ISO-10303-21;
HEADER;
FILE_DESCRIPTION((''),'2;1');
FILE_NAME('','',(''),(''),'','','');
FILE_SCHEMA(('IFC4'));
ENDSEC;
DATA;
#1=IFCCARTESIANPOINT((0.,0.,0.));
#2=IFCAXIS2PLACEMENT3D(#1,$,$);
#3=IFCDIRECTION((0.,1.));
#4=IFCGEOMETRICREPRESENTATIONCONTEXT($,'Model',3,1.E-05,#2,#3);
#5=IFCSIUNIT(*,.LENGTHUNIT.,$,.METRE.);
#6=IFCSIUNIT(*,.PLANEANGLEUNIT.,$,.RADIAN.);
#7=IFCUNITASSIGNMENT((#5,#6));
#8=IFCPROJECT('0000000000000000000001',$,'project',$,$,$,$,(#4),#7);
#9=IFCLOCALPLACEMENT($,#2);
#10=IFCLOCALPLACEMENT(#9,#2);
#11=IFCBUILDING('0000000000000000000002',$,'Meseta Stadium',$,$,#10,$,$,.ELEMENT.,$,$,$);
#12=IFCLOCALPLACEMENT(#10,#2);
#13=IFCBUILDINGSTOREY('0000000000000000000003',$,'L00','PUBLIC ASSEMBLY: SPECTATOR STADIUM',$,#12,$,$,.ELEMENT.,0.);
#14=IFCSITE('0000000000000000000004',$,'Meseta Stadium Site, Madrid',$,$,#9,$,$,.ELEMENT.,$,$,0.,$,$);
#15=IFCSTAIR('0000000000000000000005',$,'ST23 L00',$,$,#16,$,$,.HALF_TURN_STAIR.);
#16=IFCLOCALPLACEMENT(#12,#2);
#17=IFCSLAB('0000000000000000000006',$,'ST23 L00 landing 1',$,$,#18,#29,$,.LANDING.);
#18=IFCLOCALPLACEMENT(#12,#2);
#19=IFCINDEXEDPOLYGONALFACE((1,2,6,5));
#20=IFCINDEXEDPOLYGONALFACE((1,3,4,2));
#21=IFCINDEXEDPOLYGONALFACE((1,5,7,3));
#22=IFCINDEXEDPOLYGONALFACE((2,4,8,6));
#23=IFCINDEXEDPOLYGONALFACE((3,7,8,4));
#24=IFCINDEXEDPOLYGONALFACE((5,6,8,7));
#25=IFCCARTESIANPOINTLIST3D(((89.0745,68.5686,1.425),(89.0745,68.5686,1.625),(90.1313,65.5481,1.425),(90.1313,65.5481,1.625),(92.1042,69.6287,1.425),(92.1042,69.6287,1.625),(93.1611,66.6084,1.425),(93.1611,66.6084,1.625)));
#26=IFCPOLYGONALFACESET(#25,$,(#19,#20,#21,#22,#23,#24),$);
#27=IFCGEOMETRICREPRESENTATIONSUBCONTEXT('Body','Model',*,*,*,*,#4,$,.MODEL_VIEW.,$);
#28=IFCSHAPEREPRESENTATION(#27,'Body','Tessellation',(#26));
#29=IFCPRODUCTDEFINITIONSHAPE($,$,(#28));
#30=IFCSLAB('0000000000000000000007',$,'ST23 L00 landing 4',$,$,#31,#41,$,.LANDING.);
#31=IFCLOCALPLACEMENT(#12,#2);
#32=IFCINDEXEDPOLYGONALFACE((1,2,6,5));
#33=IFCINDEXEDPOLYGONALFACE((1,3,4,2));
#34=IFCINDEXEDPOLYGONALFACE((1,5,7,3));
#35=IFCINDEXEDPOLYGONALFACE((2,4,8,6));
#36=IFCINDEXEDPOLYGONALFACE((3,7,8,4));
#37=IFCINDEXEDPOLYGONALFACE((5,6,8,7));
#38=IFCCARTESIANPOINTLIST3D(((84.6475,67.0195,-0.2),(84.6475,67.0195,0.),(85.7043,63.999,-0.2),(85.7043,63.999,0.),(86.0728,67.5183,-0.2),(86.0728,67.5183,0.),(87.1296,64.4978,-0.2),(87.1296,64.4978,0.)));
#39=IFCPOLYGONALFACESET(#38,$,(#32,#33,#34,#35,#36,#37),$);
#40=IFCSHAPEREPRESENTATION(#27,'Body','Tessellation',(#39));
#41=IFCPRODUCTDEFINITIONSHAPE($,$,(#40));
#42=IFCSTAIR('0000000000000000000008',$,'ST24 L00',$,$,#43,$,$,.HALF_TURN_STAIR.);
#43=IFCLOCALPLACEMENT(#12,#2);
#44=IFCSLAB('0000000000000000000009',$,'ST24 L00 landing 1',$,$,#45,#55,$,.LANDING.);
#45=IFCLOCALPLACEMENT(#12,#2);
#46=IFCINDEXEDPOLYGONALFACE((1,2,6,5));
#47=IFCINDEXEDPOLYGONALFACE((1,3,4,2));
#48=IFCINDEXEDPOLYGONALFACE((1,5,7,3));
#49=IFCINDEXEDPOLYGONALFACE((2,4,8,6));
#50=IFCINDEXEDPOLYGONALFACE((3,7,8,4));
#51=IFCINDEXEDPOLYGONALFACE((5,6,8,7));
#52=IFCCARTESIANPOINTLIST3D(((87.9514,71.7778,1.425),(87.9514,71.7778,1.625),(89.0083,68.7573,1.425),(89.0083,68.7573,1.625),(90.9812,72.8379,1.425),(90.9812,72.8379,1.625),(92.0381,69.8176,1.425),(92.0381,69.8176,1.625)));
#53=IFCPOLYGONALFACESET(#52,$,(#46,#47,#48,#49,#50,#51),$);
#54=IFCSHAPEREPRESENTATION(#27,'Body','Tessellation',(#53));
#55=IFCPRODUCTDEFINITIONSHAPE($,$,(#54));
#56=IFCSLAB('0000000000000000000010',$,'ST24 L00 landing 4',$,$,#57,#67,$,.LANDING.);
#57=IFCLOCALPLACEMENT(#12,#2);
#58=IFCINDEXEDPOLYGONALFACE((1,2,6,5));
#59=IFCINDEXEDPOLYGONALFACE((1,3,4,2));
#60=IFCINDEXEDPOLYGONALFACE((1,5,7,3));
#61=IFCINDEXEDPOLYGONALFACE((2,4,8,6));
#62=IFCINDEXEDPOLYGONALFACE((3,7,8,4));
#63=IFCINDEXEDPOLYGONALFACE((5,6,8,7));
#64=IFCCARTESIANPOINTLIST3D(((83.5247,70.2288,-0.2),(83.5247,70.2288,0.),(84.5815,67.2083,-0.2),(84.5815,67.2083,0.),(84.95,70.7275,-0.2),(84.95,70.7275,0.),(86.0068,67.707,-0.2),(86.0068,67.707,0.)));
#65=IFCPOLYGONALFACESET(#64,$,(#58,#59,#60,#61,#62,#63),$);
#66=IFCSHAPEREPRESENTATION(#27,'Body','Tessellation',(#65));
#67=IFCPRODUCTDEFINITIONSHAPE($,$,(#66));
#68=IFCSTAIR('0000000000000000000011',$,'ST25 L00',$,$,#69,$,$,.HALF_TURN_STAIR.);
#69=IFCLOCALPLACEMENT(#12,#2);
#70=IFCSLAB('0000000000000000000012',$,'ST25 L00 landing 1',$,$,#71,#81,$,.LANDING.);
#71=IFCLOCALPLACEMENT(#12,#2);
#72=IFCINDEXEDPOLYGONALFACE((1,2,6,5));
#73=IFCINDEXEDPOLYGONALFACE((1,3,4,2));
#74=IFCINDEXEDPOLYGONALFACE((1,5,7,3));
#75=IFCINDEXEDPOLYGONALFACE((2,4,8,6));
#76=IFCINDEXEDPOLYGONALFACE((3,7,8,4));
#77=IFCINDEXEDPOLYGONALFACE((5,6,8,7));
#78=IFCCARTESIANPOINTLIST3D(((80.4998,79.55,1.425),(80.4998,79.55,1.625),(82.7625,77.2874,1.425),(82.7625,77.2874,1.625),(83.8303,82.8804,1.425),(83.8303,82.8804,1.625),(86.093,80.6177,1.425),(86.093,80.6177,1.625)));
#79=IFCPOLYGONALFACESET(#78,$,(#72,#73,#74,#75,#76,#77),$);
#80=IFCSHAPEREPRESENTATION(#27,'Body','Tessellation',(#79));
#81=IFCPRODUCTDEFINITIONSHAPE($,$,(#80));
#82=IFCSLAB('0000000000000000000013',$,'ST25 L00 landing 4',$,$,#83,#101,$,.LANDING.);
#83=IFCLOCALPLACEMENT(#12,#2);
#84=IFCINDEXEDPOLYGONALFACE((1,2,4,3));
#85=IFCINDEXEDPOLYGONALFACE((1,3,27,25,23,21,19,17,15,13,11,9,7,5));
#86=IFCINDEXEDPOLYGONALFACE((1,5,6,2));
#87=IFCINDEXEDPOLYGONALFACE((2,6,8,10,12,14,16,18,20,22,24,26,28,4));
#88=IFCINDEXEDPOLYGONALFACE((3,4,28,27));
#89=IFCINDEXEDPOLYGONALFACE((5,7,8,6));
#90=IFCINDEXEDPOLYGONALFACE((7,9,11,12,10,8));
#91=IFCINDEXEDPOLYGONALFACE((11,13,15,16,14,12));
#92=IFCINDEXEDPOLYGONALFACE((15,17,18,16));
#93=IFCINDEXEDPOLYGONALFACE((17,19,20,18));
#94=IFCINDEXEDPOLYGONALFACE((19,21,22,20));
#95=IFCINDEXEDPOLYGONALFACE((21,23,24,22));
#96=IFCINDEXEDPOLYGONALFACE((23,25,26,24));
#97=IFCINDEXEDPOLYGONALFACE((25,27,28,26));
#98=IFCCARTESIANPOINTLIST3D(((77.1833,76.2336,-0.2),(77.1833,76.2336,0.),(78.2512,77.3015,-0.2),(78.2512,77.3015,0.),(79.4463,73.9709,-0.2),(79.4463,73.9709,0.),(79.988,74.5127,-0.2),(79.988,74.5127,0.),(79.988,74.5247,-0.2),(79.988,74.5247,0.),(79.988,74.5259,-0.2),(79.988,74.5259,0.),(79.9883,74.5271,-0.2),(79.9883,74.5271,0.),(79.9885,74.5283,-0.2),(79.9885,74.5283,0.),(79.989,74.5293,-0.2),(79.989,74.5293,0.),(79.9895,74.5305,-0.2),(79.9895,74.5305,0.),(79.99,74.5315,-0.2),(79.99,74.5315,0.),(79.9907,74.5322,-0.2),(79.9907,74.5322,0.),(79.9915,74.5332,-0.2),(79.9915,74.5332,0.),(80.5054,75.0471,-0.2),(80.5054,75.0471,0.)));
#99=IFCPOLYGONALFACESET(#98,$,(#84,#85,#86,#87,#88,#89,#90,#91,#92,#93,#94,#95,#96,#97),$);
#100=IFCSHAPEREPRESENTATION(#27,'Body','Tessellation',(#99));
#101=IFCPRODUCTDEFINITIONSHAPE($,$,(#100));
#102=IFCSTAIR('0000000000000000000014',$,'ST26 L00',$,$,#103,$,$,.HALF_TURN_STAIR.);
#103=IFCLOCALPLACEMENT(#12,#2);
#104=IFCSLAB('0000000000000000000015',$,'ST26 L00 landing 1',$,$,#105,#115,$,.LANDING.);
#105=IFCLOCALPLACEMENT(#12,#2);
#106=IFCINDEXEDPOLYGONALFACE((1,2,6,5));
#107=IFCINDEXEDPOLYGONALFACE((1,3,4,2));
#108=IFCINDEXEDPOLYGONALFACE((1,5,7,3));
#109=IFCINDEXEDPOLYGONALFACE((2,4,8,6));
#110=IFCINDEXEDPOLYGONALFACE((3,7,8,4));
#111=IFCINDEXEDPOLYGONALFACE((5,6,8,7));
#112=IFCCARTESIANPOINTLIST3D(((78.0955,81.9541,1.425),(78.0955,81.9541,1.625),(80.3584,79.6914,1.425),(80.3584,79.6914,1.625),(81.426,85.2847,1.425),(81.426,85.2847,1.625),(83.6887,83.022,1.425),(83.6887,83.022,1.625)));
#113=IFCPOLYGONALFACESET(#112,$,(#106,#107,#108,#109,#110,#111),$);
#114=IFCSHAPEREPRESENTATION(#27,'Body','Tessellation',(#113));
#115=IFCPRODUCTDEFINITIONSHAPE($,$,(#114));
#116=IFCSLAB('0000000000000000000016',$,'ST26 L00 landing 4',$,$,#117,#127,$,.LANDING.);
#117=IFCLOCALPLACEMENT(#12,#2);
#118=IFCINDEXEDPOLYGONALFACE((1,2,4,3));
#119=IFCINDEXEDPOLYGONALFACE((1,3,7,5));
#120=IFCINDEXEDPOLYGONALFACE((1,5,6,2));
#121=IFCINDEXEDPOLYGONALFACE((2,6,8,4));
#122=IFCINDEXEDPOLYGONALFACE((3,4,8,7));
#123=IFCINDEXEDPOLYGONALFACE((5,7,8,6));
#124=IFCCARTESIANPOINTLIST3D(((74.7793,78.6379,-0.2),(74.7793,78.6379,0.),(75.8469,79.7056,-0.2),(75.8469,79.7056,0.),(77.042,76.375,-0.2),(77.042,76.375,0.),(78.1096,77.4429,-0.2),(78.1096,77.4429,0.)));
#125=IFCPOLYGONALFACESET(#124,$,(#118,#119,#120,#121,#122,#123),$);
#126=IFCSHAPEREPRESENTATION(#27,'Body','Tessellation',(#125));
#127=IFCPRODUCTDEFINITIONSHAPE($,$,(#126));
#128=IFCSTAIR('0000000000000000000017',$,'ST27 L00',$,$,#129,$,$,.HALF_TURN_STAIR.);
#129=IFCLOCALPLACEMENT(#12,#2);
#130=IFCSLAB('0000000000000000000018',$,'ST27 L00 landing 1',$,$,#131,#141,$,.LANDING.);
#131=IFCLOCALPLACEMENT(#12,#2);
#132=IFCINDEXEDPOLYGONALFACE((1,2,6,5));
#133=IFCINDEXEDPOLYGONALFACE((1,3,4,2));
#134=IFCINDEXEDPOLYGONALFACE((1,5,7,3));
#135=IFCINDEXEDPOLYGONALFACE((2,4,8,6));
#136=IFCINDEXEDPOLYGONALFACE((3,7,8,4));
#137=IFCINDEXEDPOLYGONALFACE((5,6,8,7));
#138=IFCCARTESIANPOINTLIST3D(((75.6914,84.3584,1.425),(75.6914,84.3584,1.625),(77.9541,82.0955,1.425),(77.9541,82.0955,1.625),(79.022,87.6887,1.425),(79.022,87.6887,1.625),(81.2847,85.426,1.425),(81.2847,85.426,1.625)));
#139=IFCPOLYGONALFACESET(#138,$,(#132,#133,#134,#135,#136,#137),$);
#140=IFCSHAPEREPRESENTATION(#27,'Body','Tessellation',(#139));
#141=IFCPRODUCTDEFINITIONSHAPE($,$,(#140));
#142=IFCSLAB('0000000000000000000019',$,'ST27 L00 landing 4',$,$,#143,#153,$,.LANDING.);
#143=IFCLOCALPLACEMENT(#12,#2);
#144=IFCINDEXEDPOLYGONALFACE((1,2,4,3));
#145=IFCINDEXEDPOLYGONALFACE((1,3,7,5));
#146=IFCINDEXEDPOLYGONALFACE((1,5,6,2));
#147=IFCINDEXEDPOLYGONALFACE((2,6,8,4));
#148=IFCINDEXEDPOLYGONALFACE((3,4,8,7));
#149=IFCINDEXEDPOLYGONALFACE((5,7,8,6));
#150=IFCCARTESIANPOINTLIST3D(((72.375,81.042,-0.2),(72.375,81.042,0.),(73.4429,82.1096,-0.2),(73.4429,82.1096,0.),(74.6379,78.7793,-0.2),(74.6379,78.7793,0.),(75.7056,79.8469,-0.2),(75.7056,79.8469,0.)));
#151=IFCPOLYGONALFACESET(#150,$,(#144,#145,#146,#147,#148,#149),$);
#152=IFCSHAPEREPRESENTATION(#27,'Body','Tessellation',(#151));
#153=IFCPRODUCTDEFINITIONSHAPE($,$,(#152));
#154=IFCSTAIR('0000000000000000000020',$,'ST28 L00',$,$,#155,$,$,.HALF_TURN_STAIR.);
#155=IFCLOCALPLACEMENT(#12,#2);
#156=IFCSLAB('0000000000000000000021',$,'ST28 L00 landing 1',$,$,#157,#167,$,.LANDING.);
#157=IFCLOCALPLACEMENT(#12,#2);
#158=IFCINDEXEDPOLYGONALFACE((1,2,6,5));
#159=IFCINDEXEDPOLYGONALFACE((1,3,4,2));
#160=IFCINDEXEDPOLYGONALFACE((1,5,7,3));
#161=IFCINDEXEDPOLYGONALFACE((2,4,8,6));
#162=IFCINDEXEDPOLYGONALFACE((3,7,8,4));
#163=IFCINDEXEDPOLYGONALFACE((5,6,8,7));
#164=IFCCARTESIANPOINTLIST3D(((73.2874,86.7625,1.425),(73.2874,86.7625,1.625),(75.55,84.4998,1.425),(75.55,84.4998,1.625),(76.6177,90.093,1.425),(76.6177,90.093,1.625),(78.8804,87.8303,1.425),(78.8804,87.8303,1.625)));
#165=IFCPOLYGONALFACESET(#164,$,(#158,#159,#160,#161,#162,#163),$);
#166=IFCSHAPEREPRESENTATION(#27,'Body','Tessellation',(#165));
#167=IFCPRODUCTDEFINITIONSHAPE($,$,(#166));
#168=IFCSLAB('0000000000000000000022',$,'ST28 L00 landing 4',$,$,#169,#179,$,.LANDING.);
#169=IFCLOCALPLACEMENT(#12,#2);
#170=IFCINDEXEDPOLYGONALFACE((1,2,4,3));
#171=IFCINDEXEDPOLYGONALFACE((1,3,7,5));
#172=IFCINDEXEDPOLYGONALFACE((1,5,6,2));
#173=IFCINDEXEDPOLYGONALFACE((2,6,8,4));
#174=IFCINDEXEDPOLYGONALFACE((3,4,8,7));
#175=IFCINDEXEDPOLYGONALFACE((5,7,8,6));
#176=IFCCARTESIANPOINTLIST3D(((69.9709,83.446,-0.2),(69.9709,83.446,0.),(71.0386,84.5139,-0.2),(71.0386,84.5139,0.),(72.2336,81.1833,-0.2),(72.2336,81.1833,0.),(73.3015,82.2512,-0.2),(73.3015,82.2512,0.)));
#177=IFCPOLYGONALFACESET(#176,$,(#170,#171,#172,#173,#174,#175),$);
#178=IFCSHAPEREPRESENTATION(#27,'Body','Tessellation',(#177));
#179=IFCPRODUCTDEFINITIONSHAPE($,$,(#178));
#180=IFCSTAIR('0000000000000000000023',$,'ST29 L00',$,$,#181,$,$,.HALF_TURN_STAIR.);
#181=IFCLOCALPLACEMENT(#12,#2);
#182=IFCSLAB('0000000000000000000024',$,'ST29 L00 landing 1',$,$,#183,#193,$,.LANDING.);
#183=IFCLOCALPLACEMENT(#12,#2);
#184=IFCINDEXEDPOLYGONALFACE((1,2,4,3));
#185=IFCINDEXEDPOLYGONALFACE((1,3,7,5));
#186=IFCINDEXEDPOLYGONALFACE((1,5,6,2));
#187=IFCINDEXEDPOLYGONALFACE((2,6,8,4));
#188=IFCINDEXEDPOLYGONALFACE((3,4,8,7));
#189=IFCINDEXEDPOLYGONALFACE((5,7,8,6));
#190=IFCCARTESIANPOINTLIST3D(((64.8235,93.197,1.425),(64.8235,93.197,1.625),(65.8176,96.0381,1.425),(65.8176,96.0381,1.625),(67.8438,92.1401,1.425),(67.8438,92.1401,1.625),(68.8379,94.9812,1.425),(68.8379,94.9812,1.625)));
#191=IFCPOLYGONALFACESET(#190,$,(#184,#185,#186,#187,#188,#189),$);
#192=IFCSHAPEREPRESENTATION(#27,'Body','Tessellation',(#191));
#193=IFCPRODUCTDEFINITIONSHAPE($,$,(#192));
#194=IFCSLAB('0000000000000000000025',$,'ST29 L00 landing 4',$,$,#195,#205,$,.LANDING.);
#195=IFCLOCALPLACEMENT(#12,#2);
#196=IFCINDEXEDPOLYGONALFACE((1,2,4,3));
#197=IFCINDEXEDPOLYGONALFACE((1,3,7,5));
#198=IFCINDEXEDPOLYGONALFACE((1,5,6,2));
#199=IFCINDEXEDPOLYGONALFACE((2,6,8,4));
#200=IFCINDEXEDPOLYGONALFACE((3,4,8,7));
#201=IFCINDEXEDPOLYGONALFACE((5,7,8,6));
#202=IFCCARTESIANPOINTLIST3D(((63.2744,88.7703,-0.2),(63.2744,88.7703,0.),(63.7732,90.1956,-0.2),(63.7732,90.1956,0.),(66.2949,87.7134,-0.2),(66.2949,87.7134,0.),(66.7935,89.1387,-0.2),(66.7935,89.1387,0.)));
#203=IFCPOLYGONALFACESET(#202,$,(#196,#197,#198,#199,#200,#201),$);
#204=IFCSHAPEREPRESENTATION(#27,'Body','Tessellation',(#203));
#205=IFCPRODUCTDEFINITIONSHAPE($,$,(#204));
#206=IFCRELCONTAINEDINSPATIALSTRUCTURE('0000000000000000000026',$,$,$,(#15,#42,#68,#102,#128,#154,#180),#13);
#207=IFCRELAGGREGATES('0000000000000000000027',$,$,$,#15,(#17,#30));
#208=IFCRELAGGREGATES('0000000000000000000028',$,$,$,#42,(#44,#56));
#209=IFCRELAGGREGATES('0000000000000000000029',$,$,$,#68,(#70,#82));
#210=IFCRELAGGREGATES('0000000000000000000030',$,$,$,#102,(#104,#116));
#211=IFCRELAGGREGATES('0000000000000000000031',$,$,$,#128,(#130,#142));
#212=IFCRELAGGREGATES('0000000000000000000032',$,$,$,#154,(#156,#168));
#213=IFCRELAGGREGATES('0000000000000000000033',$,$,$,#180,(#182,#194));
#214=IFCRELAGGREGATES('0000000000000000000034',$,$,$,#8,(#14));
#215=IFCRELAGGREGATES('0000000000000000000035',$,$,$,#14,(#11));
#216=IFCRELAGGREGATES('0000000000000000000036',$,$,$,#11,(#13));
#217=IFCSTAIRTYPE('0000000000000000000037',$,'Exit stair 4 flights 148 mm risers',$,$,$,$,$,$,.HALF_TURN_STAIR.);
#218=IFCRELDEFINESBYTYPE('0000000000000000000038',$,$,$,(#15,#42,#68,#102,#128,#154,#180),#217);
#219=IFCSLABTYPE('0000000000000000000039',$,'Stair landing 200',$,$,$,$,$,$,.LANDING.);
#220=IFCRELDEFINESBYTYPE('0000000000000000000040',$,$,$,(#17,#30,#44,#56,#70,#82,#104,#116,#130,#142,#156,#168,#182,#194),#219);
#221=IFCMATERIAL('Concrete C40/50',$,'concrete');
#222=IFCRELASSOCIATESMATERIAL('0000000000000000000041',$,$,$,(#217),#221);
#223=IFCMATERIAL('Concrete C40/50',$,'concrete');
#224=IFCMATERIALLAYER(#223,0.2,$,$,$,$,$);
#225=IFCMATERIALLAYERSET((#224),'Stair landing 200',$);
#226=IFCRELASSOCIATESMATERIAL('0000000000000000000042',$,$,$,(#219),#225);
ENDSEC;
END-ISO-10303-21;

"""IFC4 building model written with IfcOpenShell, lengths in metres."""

from ifc_helpers import new_model, si_unit, direction, frame, origin, place, context, subcontext, project, spatial, polyline, outline, extrude, material, layer, layer_set, type_object, element, aggregate, save


model = new_model("IFC4")

# Units and contexts
model_context = context("Model", 3, precision=1e-05, world=origin(), true_north=direction((0.0, 1.0)))
body_context = subcontext(model_context, "Body", "Model", "MODEL_VIEW")
ifc_project = project(units=[si_unit("LENGTHUNIT", "METRE"), si_unit("PLANEANGLEUNIT", "RADIAN")], contexts=[model_context])

# Site, building, storey
site_placement = place(None, origin())
site = spatial("IfcSite", under=ifc_project, at=site_placement, Name="Meseta Stadium Site, Madrid", CompositionType="ELEMENT", RefElevation=0.0)
building_placement = place(site_placement, origin())
building = spatial("IfcBuilding", under=site, at=building_placement, Name="Meseta Stadium", CompositionType="ELEMENT")
storey_placement = place(building_placement, origin())
storey = spatial("IfcBuildingStorey", under=building, at=storey_placement, Name="L00", Description="PUBLIC ASSEMBLY: SPECTATOR STADIUM", CompositionType="ELEMENT", Elevation=0.0)

# Shared definitions
ifc_material_1 = material(Name="Concrete C40/50", Category="concrete")
stair_type = type_object("IfcStairType", Name="Exit stair 4 flights 148 mm risers", PredefinedType="HALF_TURN_STAIR", material=ifc_material_1)
ifc_material_2 = material(Name="Concrete C40/50", Category="concrete")
ifc_layer = layer(ifc_material_2, 0.2)
ifc_layer_set = layer_set([ifc_layer], Name="Stair landing 200")
slab_type = type_object("IfcSlabType", Name="Stair landing 200", PredefinedType="LANDING", material=ifc_layer_set)

# Stairs, slabs
stair_1_placement = place(storey_placement, origin())
stair_1 = element("IfcStair", 1, at=stair_1_placement, inside=storey, type_object=stair_type, Name="ST23 L00", PredefinedType="HALF_TURN_STAIR")
slab_1_placement = place(storey_placement, frame((0.0, 0.0, 1.425)))
slab_1 = element("IfcSlab", 2, at=slab_1_placement, type_object=slab_type, Name="ST23 L00 landing 1", PredefinedType="LANDING", context=body_context, shape_type="SweptSolid", body=[
    extrude(outline(polyline([(90.1313, 65.5481), (93.1611, 66.6084), (92.1042, 69.6287), (89.0745, 68.5686), (90.1313, 65.5481)])), origin(), (0.0, 0.0, 1.0), 0.2),
])
slab_2_placement = place(storey_placement, frame((0.0, 0.0, -0.2)))
slab_2 = element("IfcSlab", 3, at=slab_2_placement, type_object=slab_type, Name="ST23 L00 landing 4", PredefinedType="LANDING", context=body_context, shape_type="SweptSolid", body=[
    extrude(outline(polyline([(85.7043, 63.999), (87.1296, 64.4978), (86.0728, 67.5183), (84.6475, 67.0195), (85.7043, 63.999)])), origin(), (0.0, 0.0, 1.0), 0.2),
])
aggregate(stair_1, [slab_1, slab_2])
stair_2_placement = place(storey_placement, origin())
stair_2 = element("IfcStair", 4, at=stair_2_placement, inside=storey, type_object=stair_type, Name="ST24 L00", PredefinedType="HALF_TURN_STAIR")
slab_3_placement = place(storey_placement, frame((0.0, 0.0, 1.425)))
slab_3 = element("IfcSlab", 5, at=slab_3_placement, type_object=slab_type, Name="ST24 L00 landing 1", PredefinedType="LANDING", context=body_context, shape_type="SweptSolid", body=[
    extrude(outline(polyline([(89.0083, 68.7573), (92.0381, 69.8176), (90.9812, 72.8379), (87.9514, 71.7778), (89.0083, 68.7573)])), origin(), (0.0, 0.0, 1.0), 0.2),
])
slab_4_placement = place(storey_placement, frame((0.0, 0.0, -0.2)))
slab_4 = element("IfcSlab", 6, at=slab_4_placement, type_object=slab_type, Name="ST24 L00 landing 4", PredefinedType="LANDING", context=body_context, shape_type="SweptSolid", body=[
    extrude(outline(polyline([(84.5815, 67.2083), (86.0068, 67.707), (84.95, 70.7275), (83.5247, 70.2288), (84.5815, 67.2083)])), origin(), (0.0, 0.0, 1.0), 0.2),
])
aggregate(stair_2, [slab_3, slab_4])
stair_3_placement = place(storey_placement, origin())
stair_3 = element("IfcStair", 7, at=stair_3_placement, inside=storey, type_object=stair_type, Name="ST25 L00", PredefinedType="HALF_TURN_STAIR")
slab_5_placement = place(storey_placement, frame((0.0, 0.0, 1.425)))
slab_5 = element("IfcSlab", 8, at=slab_5_placement, type_object=slab_type, Name="ST25 L00 landing 1", PredefinedType="LANDING", context=body_context, shape_type="SweptSolid", body=[
    extrude(outline(polyline([(82.7625, 77.2874), (86.093, 80.6177), (83.8303, 82.8804), (80.4998, 79.55), (82.7625, 77.2874)])), origin(), (0.0, 0.0, 1.0), 0.2),
])
slab_6_placement = place(storey_placement, frame((0.0, 0.0, -0.2)))
slab_6 = element("IfcSlab", 9, at=slab_6_placement, type_object=slab_type, Name="ST25 L00 landing 4", PredefinedType="LANDING", context=body_context, shape_type="SweptSolid", body=[
    extrude(outline(polyline([(79.4463, 73.9709), (79.988, 74.5127), (79.988, 74.5247), (79.988, 74.5259), (79.9883, 74.5271), (79.9885, 74.5283), (79.989, 74.5293), (79.9895, 74.5305), (79.99, 74.5315), (79.9907, 74.5322), (79.9915, 74.5332), (80.5054, 75.0471), (78.2512, 77.3015), (77.1833, 76.2336), (79.4463, 73.9709)])), origin(), (0.0, 0.0, 1.0), 0.2),
])
aggregate(stair_3, [slab_5, slab_6])
stair_4_placement = place(storey_placement, origin())
stair_4 = element("IfcStair", 10, at=stair_4_placement, inside=storey, type_object=stair_type, Name="ST26 L00", PredefinedType="HALF_TURN_STAIR")
slab_7_placement = place(storey_placement, frame((0.0, 0.0, 1.425)))
slab_7 = element("IfcSlab", 11, at=slab_7_placement, type_object=slab_type, Name="ST26 L00 landing 1", PredefinedType="LANDING", context=body_context, shape_type="SweptSolid", body=[
    extrude(outline(polyline([(80.3584, 79.6914), (83.6887, 83.022), (81.426, 85.2847), (78.0955, 81.9541), (80.3584, 79.6914)])), origin(), (0.0, 0.0, 1.0), 0.2),
])
slab_8_placement = place(storey_placement, frame((0.0, 0.0, -0.2)))
slab_8 = element("IfcSlab", 12, at=slab_8_placement, type_object=slab_type, Name="ST26 L00 landing 4", PredefinedType="LANDING", context=body_context, shape_type="SweptSolid", body=[
    extrude(outline(polyline([(77.042, 76.375), (78.1096, 77.4429), (75.8469, 79.7056), (74.7793, 78.6379), (77.042, 76.375)])), origin(), (0.0, 0.0, 1.0), 0.2),
])
aggregate(stair_4, [slab_7, slab_8])
stair_5_placement = place(storey_placement, origin())
stair_5 = element("IfcStair", 13, at=stair_5_placement, inside=storey, type_object=stair_type, Name="ST27 L00", PredefinedType="HALF_TURN_STAIR")
slab_9_placement = place(storey_placement, frame((0.0, 0.0, 1.425)))
slab_9 = element("IfcSlab", 14, at=slab_9_placement, type_object=slab_type, Name="ST27 L00 landing 1", PredefinedType="LANDING", context=body_context, shape_type="SweptSolid", body=[
    extrude(outline(polyline([(77.9541, 82.0955), (81.2847, 85.426), (79.022, 87.6887), (75.6914, 84.3584), (77.9541, 82.0955)])), origin(), (0.0, 0.0, 1.0), 0.2),
])
slab_10_placement = place(storey_placement, frame((0.0, 0.0, -0.2)))
slab_10 = element("IfcSlab", 15, at=slab_10_placement, type_object=slab_type, Name="ST27 L00 landing 4", PredefinedType="LANDING", context=body_context, shape_type="SweptSolid", body=[
    extrude(outline(polyline([(74.6379, 78.7793), (75.7056, 79.8469), (73.4429, 82.1096), (72.375, 81.042), (74.6379, 78.7793)])), origin(), (0.0, 0.0, 1.0), 0.2),
])
aggregate(stair_5, [slab_9, slab_10])
stair_6_placement = place(storey_placement, origin())
stair_6 = element("IfcStair", 16, at=stair_6_placement, inside=storey, type_object=stair_type, Name="ST28 L00", PredefinedType="HALF_TURN_STAIR")
slab_11_placement = place(storey_placement, frame((0.0, 0.0, 1.425)))
slab_11 = element("IfcSlab", 17, at=slab_11_placement, type_object=slab_type, Name="ST28 L00 landing 1", PredefinedType="LANDING", context=body_context, shape_type="SweptSolid", body=[
    extrude(outline(polyline([(75.55, 84.4998), (78.8804, 87.8303), (76.6177, 90.093), (73.2874, 86.7625), (75.55, 84.4998)])), origin(), (0.0, 0.0, 1.0), 0.2),
])
slab_12_placement = place(storey_placement, frame((0.0, 0.0, -0.2)))
slab_12 = element("IfcSlab", 18, at=slab_12_placement, type_object=slab_type, Name="ST28 L00 landing 4", PredefinedType="LANDING", context=body_context, shape_type="SweptSolid", body=[
    extrude(outline(polyline([(72.2336, 81.1833), (73.3015, 82.2512), (71.0386, 84.5139), (69.9709, 83.446), (72.2336, 81.1833)])), origin(), (0.0, 0.0, 1.0), 0.2),
])
aggregate(stair_6, [slab_11, slab_12])
stair_7_placement = place(storey_placement, origin())
stair_7 = element("IfcStair", 19, at=stair_7_placement, inside=storey, type_object=stair_type, Name="ST29 L00", PredefinedType="HALF_TURN_STAIR")
slab_13_placement = place(storey_placement, frame((0.0, 0.0, 1.425)))
slab_13 = element("IfcSlab", 20, at=slab_13_placement, type_object=slab_type, Name="ST29 L00 landing 1", PredefinedType="LANDING", context=body_context, shape_type="SweptSolid", body=[
    extrude(outline(polyline([(67.8438, 92.1401), (68.8379, 94.9812), (65.8176, 96.0381), (64.8235, 93.197), (67.8438, 92.1401)])), origin(), (0.0, 0.0, 1.0), 0.2),
])
slab_14_placement = place(storey_placement, frame((0.0, 0.0, -0.2)))
slab_14 = element("IfcSlab", 21, at=slab_14_placement, type_object=slab_type, Name="ST29 L00 landing 4", PredefinedType="LANDING", context=body_context, shape_type="SweptSolid", body=[
    extrude(outline(polyline([(66.2949, 87.7134), (66.7935, 89.1387), (63.7732, 90.1956), (63.2744, 88.7703), (66.2949, 87.7134)])), origin(), (0.0, 0.0, 1.0), 0.2),
])
aggregate(stair_7, [slab_13, slab_14])

save(model, "model.ifc")
